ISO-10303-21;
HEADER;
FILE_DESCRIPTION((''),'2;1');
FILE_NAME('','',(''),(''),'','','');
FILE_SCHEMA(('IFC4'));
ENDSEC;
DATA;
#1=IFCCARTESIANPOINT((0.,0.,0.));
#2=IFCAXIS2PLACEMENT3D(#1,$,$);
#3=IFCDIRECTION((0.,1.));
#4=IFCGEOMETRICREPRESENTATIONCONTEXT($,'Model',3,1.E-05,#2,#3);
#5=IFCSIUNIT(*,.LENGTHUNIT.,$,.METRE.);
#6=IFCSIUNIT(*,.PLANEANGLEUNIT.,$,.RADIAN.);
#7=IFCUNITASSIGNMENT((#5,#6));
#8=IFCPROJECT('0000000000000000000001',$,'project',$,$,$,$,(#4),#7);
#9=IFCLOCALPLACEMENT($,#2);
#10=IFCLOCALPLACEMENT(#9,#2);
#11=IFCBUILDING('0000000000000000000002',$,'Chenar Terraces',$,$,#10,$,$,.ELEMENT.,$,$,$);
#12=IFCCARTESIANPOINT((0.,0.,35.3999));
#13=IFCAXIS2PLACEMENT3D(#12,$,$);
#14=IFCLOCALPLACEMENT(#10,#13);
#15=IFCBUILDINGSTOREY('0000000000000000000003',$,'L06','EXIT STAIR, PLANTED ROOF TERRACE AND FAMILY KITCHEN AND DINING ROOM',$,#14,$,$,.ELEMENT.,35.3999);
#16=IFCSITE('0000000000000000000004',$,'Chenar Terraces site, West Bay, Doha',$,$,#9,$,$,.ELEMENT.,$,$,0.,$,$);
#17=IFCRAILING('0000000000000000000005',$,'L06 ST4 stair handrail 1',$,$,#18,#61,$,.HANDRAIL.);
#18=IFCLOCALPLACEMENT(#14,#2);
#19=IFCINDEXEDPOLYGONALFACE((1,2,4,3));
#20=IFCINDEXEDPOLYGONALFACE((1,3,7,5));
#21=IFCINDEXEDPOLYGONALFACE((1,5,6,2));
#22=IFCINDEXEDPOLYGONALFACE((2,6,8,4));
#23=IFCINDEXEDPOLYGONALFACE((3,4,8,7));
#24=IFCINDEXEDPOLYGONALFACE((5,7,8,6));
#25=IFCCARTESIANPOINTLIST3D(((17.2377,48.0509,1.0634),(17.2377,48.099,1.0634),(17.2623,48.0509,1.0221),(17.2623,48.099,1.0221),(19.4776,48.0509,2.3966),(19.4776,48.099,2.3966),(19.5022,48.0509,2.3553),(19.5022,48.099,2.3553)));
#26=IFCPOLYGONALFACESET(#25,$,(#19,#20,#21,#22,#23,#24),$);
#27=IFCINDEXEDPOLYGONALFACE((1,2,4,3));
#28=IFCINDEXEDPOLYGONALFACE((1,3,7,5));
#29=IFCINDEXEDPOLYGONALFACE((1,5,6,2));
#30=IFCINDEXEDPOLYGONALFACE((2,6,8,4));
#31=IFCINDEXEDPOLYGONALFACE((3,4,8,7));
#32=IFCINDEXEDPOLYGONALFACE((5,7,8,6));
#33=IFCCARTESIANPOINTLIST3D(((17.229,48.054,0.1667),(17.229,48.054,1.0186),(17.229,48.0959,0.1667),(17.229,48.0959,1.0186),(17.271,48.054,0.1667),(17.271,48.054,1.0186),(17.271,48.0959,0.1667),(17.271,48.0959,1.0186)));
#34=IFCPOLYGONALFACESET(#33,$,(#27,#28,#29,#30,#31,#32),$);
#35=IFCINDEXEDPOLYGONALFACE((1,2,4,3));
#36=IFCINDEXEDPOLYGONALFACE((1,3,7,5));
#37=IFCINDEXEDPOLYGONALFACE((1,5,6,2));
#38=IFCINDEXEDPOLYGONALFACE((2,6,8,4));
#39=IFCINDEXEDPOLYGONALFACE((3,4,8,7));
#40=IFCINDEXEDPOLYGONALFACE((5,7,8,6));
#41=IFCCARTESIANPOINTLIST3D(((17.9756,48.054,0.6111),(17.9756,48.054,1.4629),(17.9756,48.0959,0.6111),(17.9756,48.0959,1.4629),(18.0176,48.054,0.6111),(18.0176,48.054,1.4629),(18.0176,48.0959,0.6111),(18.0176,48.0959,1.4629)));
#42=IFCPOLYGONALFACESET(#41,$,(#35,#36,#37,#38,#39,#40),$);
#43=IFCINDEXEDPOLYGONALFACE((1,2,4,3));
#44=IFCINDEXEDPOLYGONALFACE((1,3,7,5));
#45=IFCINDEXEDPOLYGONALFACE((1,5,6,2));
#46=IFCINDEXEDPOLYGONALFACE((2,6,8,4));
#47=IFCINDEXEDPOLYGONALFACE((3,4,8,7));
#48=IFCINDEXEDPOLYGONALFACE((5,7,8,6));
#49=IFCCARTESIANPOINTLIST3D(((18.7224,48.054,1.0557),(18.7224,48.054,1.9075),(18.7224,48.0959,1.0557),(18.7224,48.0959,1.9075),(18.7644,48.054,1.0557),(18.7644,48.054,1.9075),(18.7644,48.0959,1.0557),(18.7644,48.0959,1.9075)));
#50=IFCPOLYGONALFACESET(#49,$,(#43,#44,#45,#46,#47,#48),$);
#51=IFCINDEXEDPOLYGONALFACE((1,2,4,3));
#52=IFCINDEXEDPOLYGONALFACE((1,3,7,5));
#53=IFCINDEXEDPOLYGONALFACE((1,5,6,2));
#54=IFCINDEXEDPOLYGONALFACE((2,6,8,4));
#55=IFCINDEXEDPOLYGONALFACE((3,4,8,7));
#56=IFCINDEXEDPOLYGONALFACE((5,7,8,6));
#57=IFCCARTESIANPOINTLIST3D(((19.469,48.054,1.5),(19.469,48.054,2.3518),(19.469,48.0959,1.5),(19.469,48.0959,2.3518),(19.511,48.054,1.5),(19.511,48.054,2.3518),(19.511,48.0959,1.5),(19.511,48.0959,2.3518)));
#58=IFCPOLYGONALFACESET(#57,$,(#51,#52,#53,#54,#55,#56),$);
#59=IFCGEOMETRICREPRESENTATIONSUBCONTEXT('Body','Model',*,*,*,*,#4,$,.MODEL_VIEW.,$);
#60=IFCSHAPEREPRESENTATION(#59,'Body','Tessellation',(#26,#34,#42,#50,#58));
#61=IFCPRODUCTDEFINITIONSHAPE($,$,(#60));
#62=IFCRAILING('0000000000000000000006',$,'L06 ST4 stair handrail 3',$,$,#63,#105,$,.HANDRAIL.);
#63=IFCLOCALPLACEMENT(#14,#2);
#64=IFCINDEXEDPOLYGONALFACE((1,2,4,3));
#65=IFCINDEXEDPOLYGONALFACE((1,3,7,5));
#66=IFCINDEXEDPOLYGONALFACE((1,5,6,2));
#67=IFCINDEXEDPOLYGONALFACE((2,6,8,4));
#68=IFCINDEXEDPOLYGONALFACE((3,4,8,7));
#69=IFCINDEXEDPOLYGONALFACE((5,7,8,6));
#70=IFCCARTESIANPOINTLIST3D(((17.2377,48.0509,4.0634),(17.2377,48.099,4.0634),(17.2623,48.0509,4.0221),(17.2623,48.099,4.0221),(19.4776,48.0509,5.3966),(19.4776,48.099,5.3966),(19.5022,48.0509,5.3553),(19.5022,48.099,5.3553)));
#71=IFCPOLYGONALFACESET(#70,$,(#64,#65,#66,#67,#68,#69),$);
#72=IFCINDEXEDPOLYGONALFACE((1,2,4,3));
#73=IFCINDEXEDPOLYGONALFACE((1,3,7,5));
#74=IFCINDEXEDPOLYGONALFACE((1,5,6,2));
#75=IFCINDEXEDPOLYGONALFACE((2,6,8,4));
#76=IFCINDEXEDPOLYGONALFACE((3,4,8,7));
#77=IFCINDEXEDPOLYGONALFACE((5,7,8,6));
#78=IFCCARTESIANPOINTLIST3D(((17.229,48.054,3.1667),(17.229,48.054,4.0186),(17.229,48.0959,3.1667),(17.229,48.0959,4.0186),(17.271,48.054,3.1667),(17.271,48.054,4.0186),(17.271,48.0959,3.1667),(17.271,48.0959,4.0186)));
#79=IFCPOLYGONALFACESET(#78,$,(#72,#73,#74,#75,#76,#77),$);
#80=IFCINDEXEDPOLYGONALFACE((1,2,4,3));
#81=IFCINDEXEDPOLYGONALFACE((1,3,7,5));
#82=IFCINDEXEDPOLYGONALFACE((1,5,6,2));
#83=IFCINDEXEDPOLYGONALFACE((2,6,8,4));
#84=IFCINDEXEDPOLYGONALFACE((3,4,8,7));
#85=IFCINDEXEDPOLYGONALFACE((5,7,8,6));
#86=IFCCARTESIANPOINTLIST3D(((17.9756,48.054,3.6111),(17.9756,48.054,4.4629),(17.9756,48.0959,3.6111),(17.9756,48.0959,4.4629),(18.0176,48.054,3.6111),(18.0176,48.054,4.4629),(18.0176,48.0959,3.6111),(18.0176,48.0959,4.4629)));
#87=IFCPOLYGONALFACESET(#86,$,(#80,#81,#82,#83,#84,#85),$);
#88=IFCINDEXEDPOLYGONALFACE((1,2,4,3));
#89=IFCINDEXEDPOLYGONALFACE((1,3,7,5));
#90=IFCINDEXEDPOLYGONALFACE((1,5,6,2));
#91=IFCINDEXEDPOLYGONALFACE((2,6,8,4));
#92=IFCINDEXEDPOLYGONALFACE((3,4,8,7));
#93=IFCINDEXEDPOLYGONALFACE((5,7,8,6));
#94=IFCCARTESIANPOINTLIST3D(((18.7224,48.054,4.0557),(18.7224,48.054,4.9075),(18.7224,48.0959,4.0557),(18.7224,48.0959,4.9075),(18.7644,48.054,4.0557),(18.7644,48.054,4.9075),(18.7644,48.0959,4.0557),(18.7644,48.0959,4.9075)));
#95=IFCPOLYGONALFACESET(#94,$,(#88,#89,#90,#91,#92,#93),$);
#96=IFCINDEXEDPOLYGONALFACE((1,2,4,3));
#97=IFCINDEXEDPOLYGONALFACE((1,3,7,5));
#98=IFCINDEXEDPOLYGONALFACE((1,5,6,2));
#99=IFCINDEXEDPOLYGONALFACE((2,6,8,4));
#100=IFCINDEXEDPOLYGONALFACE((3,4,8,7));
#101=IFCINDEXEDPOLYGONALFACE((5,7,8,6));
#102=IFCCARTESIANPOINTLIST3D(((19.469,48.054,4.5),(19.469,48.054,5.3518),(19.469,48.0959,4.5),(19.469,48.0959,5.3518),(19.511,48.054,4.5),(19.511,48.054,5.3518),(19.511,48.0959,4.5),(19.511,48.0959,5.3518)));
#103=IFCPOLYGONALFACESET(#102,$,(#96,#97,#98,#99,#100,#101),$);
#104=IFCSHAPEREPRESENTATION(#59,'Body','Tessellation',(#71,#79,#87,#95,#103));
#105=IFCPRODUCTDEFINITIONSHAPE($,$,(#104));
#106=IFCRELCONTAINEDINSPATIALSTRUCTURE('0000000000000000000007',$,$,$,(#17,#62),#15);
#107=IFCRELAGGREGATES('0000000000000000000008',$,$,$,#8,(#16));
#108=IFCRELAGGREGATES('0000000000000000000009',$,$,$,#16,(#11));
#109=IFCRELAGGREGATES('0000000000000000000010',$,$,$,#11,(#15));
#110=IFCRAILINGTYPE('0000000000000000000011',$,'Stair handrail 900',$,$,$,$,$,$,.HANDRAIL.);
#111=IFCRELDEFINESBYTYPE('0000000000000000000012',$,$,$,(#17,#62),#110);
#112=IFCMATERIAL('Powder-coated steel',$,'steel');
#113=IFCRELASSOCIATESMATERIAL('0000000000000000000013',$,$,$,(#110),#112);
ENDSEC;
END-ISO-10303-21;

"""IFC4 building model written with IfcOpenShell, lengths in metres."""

from ifc_helpers import new_model, si_unit, direction, frame, origin, origin_2d, place, context, subcontext, project, spatial, rectangle, extrude, material, type_object, element, save


model = new_model("IFC4")

# Units and contexts
model_context = context("Model", 3, precision=1e-05, world=origin(), true_north=direction((0.0, 1.0)))
body_context = subcontext(model_context, "Body", "Model", "MODEL_VIEW")
ifc_project = project(units=[si_unit("LENGTHUNIT", "METRE"), si_unit("PLANEANGLEUNIT", "RADIAN")], contexts=[model_context])

# Site, building, storey
site_placement = place(None, origin())
site = spatial("IfcSite", under=ifc_project, at=site_placement, Name="Chenar Terraces site, West Bay, Doha", CompositionType="ELEMENT", RefElevation=0.0)
building_placement = place(site_placement, origin())
building = spatial("IfcBuilding", under=site, at=building_placement, Name="Chenar Terraces", CompositionType="ELEMENT")
storey_placement = place(building_placement, frame((0.0, 0.0, 35.3999)))
storey = spatial("IfcBuildingStorey", under=building, at=storey_placement, Name="L06", Description="EXIT STAIR, PLANTED ROOF TERRACE AND FAMILY KITCHEN AND DINING ROOM", CompositionType="ELEMENT", Elevation=35.3999)

# Railings
ifc_material_1 = material(Name="Powder-coated steel", Category="steel")
railing_type_1 = type_object("IfcRailingType", Name="Stair handrail 900", PredefinedType="HANDRAIL", material=ifc_material_1)
for number, where, name in (
    (1, (17.25, 48.075, 0.1667), "L06 ST4 stair handrail 1"),
    (2, (17.25, 48.075, 3.1667), "L06 ST4 stair handrail 3"),
):
    element("IfcRailing", number, at=place(storey_placement, frame(where)), inside=storey, type_object=railing_type_1, Name=name, PredefinedType="HANDRAIL", context=body_context, shape_type="SweptSolid", body=[
        extrude(rectangle(XDim=0.0481, YDim=0.0481, at=origin_2d()), frame((0.0, 0.0, 0.876), z_axis=(0.859306, 0.0, 0.511462), x_axis=(0.0, 1.0, 0.0)), (0.0, 0.0, 1.0), 2.6067),
        extrude(rectangle(XDim=0.042, YDim=0.042, at=origin_2d()), origin(), (0.0, 0.0, 1.0), 0.8518),
        extrude(rectangle(XDim=0.042, YDim=0.042, at=origin_2d()), frame((0.7466, 0.0, 0.4443)), (0.0, 0.0, 1.0), 0.8518),
        extrude(rectangle(XDim=0.042, YDim=0.042, at=origin_2d()), frame((1.4934, 0.0, 0.8889)), (0.0, 0.0, 1.0), 0.8518),
        extrude(rectangle(XDim=0.042, YDim=0.042, at=origin_2d()), frame((2.24, 0.0, 1.3333)), (0.0, 0.0, 1.0), 0.8518),
    ])

save(model, "model.ifc")
